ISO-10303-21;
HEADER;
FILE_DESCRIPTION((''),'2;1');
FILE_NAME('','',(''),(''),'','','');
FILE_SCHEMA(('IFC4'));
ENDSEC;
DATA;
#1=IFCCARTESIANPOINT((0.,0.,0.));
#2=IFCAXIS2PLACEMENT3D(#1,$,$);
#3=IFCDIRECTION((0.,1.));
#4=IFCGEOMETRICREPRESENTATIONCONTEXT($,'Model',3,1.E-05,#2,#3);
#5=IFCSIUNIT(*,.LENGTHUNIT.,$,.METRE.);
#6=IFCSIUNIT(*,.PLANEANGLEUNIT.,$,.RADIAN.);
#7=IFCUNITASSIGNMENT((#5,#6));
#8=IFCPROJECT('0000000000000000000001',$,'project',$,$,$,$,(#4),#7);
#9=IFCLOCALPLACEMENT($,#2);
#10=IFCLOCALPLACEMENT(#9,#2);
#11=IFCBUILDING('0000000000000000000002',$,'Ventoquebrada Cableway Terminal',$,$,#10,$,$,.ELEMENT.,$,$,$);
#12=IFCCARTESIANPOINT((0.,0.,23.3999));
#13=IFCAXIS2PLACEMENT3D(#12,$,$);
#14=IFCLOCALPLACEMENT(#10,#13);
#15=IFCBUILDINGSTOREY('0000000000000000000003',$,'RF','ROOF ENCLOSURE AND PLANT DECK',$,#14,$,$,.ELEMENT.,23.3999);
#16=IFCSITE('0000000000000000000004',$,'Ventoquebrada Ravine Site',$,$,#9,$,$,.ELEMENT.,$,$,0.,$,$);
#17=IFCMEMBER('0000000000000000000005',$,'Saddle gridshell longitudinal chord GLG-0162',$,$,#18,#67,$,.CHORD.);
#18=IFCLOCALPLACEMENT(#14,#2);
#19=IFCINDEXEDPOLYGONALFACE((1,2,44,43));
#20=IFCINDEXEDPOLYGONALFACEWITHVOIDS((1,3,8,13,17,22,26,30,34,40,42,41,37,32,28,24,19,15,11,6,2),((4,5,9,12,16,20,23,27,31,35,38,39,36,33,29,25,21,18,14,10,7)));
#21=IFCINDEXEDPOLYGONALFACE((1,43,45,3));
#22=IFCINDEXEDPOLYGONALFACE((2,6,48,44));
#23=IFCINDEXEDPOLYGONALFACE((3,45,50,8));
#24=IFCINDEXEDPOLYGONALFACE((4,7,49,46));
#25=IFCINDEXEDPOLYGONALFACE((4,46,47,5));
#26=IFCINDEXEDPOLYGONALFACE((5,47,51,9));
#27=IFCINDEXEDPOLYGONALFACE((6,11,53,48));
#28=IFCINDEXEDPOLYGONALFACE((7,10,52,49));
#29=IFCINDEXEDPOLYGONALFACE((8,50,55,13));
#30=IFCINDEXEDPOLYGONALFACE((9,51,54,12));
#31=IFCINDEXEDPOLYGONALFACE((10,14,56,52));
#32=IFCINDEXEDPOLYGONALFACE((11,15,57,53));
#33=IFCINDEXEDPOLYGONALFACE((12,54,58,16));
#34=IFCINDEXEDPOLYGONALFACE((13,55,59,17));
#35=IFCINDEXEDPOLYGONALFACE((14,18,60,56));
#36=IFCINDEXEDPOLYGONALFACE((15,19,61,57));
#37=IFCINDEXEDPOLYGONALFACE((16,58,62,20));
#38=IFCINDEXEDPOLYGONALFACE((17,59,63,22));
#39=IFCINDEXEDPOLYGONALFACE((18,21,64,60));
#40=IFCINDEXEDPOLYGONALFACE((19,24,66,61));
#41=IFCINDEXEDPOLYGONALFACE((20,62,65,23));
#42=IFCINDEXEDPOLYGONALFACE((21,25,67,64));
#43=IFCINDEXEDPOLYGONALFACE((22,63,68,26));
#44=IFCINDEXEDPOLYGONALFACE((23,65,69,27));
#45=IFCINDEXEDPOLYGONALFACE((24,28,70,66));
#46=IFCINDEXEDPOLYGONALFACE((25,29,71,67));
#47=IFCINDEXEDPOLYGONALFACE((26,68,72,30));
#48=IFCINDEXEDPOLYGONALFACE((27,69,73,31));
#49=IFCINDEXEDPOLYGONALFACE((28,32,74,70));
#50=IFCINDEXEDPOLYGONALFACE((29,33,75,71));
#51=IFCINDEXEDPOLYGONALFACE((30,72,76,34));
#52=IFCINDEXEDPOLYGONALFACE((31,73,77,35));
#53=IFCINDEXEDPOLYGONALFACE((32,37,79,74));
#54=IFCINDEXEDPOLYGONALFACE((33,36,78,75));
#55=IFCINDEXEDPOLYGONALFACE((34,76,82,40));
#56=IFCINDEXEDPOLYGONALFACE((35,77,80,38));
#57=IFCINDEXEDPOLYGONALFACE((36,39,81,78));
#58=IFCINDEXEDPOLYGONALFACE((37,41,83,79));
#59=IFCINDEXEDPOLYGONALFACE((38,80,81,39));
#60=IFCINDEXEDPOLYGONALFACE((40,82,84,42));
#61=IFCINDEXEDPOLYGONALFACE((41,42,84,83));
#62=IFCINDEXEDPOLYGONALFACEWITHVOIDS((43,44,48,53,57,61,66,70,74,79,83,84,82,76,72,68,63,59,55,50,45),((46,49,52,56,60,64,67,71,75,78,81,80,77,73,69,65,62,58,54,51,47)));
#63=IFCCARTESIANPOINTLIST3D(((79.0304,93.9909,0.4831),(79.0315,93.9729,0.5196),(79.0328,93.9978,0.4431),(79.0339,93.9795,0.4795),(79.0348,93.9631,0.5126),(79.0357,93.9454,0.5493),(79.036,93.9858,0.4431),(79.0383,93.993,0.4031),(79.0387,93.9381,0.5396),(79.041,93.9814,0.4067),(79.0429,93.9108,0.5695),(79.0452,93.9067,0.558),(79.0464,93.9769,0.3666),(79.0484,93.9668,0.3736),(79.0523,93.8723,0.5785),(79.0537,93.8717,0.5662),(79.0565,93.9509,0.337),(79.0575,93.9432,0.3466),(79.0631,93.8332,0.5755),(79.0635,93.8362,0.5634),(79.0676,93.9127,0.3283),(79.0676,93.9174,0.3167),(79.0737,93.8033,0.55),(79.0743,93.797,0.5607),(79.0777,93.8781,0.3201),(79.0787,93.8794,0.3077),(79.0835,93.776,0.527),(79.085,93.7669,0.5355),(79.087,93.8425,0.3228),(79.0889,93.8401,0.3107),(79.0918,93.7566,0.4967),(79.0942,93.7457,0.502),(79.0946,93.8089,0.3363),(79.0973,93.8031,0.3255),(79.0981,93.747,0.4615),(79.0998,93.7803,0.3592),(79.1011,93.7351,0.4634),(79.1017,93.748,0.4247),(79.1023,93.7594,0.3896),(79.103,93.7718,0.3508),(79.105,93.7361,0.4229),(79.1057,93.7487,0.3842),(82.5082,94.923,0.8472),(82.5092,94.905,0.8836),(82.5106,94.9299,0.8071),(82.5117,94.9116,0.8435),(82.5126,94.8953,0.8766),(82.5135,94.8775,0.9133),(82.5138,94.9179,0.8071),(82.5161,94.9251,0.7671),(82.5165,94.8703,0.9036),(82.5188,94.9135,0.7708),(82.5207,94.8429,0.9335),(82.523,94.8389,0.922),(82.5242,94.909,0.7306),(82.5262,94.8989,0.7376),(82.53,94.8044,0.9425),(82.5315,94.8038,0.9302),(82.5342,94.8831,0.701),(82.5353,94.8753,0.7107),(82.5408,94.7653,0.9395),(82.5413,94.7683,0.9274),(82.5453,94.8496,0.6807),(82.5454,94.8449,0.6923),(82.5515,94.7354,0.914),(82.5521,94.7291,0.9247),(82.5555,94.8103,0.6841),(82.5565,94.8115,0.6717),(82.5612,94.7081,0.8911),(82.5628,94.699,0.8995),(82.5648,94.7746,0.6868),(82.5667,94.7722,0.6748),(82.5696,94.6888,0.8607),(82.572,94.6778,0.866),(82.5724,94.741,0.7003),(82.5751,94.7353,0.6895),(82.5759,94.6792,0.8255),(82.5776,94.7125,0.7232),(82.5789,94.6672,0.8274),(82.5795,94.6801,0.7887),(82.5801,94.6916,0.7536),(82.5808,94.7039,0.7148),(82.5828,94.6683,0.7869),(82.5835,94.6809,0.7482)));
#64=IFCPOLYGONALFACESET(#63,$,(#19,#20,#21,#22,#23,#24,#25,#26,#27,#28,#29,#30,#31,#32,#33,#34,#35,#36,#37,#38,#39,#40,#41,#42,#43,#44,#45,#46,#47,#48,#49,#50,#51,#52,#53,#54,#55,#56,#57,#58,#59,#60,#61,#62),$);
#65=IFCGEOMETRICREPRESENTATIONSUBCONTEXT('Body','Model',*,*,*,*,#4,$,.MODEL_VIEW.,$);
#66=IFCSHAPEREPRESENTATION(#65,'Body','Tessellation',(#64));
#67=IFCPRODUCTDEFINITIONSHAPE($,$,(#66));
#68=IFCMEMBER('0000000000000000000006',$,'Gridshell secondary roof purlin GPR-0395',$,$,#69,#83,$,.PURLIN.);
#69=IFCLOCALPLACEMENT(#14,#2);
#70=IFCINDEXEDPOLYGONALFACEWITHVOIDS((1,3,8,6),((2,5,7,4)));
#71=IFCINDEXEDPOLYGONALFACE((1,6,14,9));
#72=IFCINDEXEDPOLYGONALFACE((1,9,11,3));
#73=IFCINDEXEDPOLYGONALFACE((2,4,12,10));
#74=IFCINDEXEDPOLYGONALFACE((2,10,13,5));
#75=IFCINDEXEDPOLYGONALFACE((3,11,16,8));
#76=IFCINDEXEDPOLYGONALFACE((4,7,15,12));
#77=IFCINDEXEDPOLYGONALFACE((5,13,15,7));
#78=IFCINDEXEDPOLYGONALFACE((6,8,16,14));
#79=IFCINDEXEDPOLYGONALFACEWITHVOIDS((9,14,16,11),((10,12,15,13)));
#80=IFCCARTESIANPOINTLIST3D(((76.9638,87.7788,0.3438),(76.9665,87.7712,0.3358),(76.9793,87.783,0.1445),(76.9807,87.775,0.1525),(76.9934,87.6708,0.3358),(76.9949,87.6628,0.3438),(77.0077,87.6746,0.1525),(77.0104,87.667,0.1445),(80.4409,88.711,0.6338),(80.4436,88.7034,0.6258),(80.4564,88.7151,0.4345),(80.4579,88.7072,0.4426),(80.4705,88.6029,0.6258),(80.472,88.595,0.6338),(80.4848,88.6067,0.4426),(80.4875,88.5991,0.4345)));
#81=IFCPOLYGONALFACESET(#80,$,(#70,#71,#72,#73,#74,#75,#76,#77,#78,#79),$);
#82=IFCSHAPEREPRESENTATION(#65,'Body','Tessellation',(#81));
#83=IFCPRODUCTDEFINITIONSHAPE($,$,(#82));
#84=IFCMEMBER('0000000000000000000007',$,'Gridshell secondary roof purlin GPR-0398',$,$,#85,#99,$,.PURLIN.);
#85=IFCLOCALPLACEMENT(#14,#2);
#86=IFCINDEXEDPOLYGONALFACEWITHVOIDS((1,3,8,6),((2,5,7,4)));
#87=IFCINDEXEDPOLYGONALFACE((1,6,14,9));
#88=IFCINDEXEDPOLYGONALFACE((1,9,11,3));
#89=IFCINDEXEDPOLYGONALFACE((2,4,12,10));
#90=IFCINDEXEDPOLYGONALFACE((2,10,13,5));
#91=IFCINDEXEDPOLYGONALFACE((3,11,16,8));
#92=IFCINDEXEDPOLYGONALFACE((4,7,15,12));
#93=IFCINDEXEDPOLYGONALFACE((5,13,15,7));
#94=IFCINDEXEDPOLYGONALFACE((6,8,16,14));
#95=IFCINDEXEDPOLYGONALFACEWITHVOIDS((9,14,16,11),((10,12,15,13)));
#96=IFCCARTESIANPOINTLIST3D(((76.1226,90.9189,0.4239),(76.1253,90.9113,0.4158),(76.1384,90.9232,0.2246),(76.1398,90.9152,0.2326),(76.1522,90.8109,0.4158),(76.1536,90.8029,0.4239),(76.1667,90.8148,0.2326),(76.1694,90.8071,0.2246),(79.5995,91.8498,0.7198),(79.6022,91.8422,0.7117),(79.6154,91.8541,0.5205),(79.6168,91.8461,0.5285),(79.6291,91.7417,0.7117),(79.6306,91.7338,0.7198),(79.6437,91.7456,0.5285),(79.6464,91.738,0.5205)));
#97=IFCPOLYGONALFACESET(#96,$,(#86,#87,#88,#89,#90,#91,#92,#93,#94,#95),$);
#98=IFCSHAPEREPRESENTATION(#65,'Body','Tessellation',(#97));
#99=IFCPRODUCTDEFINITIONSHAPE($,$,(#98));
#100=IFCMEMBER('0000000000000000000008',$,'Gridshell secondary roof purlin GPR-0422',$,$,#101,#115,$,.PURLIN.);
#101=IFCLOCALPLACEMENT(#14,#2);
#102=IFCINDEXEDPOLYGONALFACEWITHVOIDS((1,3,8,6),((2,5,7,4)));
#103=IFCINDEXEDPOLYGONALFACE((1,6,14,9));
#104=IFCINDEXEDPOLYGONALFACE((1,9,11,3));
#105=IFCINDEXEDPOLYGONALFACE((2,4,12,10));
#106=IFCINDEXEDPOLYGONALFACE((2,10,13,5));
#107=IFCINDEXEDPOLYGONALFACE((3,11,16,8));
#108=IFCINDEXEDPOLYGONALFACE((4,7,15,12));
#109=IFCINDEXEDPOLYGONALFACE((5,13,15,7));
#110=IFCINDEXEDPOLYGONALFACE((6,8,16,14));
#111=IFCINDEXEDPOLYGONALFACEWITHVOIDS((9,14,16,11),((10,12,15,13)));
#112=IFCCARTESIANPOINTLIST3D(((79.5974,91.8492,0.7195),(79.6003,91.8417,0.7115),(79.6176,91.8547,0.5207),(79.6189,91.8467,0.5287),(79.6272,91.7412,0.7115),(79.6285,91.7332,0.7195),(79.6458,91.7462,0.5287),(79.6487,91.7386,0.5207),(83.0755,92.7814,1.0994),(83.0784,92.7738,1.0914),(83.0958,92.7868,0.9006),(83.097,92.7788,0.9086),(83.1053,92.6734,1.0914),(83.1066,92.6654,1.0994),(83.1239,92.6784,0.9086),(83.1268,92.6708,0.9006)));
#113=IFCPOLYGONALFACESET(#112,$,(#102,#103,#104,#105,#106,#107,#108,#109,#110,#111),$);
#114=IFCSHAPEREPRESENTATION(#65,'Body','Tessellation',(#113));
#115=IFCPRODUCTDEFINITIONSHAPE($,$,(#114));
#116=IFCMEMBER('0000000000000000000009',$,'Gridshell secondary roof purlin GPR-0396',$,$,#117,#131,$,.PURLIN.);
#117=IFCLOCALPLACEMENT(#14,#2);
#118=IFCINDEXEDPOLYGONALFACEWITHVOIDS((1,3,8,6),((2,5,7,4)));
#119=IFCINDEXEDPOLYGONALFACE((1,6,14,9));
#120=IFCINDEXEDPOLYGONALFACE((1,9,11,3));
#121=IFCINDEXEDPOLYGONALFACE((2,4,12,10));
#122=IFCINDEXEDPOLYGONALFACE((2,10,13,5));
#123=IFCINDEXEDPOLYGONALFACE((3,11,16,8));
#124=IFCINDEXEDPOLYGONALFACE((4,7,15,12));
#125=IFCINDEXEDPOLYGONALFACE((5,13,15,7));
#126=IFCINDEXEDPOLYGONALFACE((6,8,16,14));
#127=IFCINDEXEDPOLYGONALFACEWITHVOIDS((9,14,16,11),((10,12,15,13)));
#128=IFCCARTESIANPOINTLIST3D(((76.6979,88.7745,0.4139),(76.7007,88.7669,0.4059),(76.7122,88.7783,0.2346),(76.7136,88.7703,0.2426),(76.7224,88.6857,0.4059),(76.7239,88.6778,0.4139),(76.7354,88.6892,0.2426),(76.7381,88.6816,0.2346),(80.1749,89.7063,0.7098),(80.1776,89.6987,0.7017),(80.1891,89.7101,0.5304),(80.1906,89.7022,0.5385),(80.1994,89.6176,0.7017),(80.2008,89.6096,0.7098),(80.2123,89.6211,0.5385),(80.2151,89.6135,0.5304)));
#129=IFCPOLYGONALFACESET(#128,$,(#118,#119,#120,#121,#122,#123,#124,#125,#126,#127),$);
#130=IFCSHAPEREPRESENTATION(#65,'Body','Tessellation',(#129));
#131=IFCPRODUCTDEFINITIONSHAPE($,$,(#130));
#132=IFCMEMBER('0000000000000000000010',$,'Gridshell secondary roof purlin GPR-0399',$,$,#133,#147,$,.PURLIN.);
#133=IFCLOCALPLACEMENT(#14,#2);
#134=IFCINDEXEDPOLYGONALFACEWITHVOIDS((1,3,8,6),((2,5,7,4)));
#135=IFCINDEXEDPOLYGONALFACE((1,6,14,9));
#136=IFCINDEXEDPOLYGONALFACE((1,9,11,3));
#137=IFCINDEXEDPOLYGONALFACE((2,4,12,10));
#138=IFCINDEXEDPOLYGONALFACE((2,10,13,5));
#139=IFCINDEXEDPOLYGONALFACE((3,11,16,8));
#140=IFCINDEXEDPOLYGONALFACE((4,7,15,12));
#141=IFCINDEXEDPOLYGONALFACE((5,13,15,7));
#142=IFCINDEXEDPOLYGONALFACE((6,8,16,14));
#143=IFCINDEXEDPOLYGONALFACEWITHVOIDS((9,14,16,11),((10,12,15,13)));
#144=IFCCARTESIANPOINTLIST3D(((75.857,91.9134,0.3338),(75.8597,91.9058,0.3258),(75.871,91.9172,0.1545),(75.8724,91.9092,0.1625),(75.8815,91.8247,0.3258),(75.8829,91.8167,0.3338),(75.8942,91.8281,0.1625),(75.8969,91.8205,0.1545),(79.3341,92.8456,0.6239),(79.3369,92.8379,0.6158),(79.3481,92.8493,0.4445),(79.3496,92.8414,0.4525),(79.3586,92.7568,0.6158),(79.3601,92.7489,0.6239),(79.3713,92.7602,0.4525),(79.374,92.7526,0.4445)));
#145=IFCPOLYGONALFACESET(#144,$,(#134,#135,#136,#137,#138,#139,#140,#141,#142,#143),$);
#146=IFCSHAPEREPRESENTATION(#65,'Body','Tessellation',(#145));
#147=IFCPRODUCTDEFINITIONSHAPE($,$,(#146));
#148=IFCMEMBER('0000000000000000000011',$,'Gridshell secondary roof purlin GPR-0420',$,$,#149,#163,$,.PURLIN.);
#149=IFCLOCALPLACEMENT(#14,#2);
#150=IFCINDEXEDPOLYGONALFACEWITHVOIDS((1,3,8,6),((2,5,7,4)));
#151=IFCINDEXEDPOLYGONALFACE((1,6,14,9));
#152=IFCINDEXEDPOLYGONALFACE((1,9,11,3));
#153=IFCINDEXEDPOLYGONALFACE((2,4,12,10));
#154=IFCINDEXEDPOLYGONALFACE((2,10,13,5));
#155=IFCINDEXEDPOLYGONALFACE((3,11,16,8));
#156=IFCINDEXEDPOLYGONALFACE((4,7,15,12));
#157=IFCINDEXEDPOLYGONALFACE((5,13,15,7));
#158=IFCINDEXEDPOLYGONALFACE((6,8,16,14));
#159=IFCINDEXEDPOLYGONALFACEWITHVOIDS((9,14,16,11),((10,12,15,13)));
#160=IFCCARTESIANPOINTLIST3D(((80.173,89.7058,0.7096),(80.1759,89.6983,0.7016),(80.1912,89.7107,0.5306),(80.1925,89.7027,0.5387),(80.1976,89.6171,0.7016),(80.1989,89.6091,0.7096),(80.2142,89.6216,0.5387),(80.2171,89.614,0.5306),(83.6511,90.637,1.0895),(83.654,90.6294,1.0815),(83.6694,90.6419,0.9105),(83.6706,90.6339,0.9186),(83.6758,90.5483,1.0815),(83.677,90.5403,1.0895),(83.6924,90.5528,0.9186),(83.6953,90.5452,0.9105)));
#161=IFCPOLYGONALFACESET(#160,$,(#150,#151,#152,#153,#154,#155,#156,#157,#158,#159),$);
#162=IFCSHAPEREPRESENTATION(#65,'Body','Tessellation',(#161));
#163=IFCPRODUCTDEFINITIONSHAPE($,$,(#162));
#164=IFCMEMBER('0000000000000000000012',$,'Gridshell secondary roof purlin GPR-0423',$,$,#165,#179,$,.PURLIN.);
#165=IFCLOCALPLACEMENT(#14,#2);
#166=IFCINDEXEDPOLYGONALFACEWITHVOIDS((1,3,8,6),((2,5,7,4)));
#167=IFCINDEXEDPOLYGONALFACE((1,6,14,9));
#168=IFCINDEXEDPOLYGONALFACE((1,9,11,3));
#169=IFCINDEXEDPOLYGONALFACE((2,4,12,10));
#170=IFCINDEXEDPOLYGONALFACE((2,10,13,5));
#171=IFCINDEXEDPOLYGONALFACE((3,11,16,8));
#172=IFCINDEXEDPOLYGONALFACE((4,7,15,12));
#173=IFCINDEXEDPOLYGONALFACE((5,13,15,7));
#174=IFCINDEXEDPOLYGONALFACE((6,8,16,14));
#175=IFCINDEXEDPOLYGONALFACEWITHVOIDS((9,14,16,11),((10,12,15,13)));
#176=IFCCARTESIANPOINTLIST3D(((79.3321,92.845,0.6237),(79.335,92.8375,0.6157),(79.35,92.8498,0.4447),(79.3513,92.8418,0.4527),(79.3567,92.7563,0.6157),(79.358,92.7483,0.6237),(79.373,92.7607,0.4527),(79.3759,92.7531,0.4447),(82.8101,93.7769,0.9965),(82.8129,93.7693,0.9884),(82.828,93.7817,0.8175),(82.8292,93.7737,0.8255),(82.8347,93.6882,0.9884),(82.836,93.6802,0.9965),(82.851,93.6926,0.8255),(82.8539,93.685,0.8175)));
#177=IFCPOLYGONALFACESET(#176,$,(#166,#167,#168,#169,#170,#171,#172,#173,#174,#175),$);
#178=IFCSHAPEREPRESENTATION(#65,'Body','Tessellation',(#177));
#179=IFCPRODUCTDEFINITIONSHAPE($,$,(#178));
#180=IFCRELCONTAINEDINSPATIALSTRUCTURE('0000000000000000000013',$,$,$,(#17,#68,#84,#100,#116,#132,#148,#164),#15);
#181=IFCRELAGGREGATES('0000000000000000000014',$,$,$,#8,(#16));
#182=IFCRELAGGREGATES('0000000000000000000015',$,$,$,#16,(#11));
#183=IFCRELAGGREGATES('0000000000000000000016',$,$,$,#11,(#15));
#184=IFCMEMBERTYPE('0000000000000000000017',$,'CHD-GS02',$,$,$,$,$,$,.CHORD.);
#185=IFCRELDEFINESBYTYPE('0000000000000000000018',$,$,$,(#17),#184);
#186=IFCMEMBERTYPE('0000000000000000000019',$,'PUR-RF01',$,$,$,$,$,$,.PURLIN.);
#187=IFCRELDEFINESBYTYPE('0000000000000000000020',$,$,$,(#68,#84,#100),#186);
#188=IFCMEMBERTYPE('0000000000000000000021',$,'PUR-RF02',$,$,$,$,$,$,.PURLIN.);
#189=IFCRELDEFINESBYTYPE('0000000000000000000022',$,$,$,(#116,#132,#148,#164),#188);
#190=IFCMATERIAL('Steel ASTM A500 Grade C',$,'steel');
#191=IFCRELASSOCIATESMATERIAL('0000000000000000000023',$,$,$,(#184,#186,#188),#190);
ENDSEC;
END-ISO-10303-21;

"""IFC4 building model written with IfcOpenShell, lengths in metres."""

from ifc_helpers import new_model, si_unit, direction, frame, origin, origin_2d, place, context, subcontext, project, spatial, hollow_rectangle, hollow_circle, extrude, material, material_profile, profile_set, type_object, element, save


model = new_model("IFC4")

# Units and contexts
model_context = context("Model", 3, precision=1e-05, world=origin(), true_north=direction((0.0, 1.0)))
body_context = subcontext(model_context, "Body", "Model", "MODEL_VIEW")
ifc_project = project(units=[si_unit("LENGTHUNIT", "METRE"), si_unit("PLANEANGLEUNIT", "RADIAN")], contexts=[model_context])

# Site, building, storey
site_placement = place(None, origin())
site = spatial("IfcSite", under=ifc_project, at=site_placement, Name="Ventoquebrada Ravine Site", CompositionType="ELEMENT", RefElevation=0.0)
building_placement = place(site_placement, origin())
building = spatial("IfcBuilding", under=site, at=building_placement, Name="Ventoquebrada Cableway Terminal", CompositionType="ELEMENT")
storey_placement = place(building_placement, frame((0.0, 0.0, 23.3999)))
storey = spatial("IfcBuildingStorey", under=building, at=storey_placement, Name="RF", Description="ROOF ENCLOSURE AND PLANT DECK", CompositionType="ELEMENT", Elevation=23.3999)

# Members
ifc_material_1 = material(Name="Steel ASTM A500 Grade C", Category="steel")
ifc_material_profile_1 = material_profile(ifc_material_1, hollow_circle(Radius=0.1365, WallThickness=0.0125, at=origin_2d()), Name="CHS273.0X12.5")
ifc_profile_set_1 = profile_set([ifc_material_profile_1], Name="Steel ASTM A500 Grade C")
member_type_1 = type_object("IfcMemberType", Name="CHD-GS02", PredefinedType="CHORD", material=ifc_profile_set_1)
member_1_placement = place(storey_placement, frame((79.0681, 93.866, 0.4431), z_axis=(0.961009, 0.257573, 0.100587), x_axis=(-0.258886, 0.965908, 0.0)))
element("IfcMember", 1, at=member_1_placement, inside=storey, type_object=member_type_1, Name="Saddle gridshell longitudinal chord GLG-0162", PredefinedType="CHORD", context=body_context, shape_type="SweptSolid", body=[
    extrude(hollow_circle(Radius=0.1365, WallThickness=0.0125, at=origin_2d()), origin(), (0.0, 0.0, 1.0), 3.6189),
])
ifc_material_profile_2 = material_profile(ifc_material_1, hollow_rectangle(XDim=0.1201, YDim=0.2, WallThickness=0.0081, at=origin_2d()), Name="RHS200X120X8")
ifc_profile_set_2 = profile_set([ifc_material_profile_2], Name="Steel ASTM A500 Grade C")
member_type_2 = type_object("IfcMemberType", Name="PUR-RF01", PredefinedType="PURLIN", material=ifc_profile_set_2)
for number, where, z_axis, x_axis, name in (
    (2, (76.9871, 87.7229, 0.2441), (0.962774, 0.258101, 0.08031), (-0.258937, 0.965894, 0.0), "Gridshell secondary roof purlin GPR-0395"),
    (3, (76.146, 90.863, 0.3242), (0.962731, 0.257751, 0.081929), (-0.258621, 0.965979, 0.0), "Gridshell secondary roof purlin GPR-0398"),
):
    element("IfcMember", number, at=place(storey_placement, frame(where, z_axis=z_axis, x_axis=x_axis)), inside=storey, type_object=member_type_2, Name=name, PredefinedType="PURLIN", context=body_context, shape_type="SweptSolid", body=[
        extrude(hollow_rectangle(XDim=0.1201, YDim=0.2, WallThickness=0.0081, at=origin_2d()), origin(), (0.0, 0.0, 1.0), 3.6116),
    ])
member_2_placement = place(storey_placement, frame((79.623, 91.7939, 0.6201), z_axis=(0.960581, 0.257441, 0.104918), x_axis=(-0.258869, 0.965912, 0.0)))
element("IfcMember", 4, at=member_2_placement, inside=storey, type_object=member_type_2, Name="Gridshell secondary roof purlin GPR-0422", PredefinedType="PURLIN", context=body_context, shape_type="SweptSolid", body=[
    extrude(hollow_rectangle(XDim=0.1201, YDim=0.2, WallThickness=0.0081, at=origin_2d()), origin(), (0.0, 0.0, 1.0), 3.6208),
])
ifc_material_profile_3 = material_profile(ifc_material_1, hollow_rectangle(XDim=0.1001, YDim=0.1799, WallThickness=0.0081, at=origin_2d()), Name="RHS180X100X8")
ifc_profile_set_3 = profile_set([ifc_material_profile_3], Name="Steel ASTM A500 Grade C")
member_type_3 = type_object("IfcMemberType", Name="PUR-RF02", PredefinedType="PURLIN", material=ifc_profile_set_3)
member_3_placement = place(storey_placement, frame((76.718, 88.728, 0.3242), z_axis=(0.962664, 0.258004, 0.081923), x_axis=(-0.258874, 0.965911, 0.0)))
element("IfcMember", 5, at=member_3_placement, inside=storey, type_object=member_type_3, Name="Gridshell secondary roof purlin GPR-0396", PredefinedType="PURLIN", context=body_context, shape_type="SweptSolid", body=[
    extrude(hollow_rectangle(XDim=0.1001, YDim=0.1799, WallThickness=0.0081, at=origin_2d()), origin(), (0.0, 0.0, 1.0), 3.6118),
])
member_4_placement = place(storey_placement, frame((75.877, 91.8669, 0.2441), z_axis=(0.962774, 0.258101, 0.08031), x_axis=(-0.258937, 0.965894, 0.0)))
element("IfcMember", 6, at=member_4_placement, inside=storey, type_object=member_type_3, Name="Gridshell secondary roof purlin GPR-0399", PredefinedType="PURLIN", context=body_context, shape_type="SweptSolid", body=[
    extrude(hollow_rectangle(XDim=0.1001, YDim=0.1799, WallThickness=0.0081, at=origin_2d()), origin(), (0.0, 0.0, 1.0), 3.6116),
])
member_5_placement = place(storey_placement, frame((80.1951, 89.6599, 0.6201), z_axis=(0.960648, 0.257189, 0.104925), x_axis=(-0.258616, 0.96598, 0.0)))
element("IfcMember", 7, at=member_5_placement, inside=storey, type_object=member_type_3, Name="Gridshell secondary roof purlin GPR-0420", PredefinedType="PURLIN", context=body_context, shape_type="SweptSolid", body=[
    extrude(hollow_rectangle(XDim=0.1001, YDim=0.1799, WallThickness=0.0081, at=origin_2d()), origin(), (0.0, 0.0, 1.0), 3.6206),
])
member_6_placement = place(storey_placement, frame((79.354, 92.7991, 0.5342), z_axis=(0.960793, 0.25743, 0.102985), x_axis=(-0.258806, 0.965929, 0.0)))
element("IfcMember", 8, at=member_6_placement, inside=storey, type_object=member_type_3, Name="Gridshell secondary roof purlin GPR-0423", PredefinedType="PURLIN", context=body_context, shape_type="SweptSolid", body=[
    extrude(hollow_rectangle(XDim=0.1001, YDim=0.1799, WallThickness=0.0081, at=origin_2d()), origin(), (0.0, 0.0, 1.0), 3.6199),
])

save(model, "model.ifc")
